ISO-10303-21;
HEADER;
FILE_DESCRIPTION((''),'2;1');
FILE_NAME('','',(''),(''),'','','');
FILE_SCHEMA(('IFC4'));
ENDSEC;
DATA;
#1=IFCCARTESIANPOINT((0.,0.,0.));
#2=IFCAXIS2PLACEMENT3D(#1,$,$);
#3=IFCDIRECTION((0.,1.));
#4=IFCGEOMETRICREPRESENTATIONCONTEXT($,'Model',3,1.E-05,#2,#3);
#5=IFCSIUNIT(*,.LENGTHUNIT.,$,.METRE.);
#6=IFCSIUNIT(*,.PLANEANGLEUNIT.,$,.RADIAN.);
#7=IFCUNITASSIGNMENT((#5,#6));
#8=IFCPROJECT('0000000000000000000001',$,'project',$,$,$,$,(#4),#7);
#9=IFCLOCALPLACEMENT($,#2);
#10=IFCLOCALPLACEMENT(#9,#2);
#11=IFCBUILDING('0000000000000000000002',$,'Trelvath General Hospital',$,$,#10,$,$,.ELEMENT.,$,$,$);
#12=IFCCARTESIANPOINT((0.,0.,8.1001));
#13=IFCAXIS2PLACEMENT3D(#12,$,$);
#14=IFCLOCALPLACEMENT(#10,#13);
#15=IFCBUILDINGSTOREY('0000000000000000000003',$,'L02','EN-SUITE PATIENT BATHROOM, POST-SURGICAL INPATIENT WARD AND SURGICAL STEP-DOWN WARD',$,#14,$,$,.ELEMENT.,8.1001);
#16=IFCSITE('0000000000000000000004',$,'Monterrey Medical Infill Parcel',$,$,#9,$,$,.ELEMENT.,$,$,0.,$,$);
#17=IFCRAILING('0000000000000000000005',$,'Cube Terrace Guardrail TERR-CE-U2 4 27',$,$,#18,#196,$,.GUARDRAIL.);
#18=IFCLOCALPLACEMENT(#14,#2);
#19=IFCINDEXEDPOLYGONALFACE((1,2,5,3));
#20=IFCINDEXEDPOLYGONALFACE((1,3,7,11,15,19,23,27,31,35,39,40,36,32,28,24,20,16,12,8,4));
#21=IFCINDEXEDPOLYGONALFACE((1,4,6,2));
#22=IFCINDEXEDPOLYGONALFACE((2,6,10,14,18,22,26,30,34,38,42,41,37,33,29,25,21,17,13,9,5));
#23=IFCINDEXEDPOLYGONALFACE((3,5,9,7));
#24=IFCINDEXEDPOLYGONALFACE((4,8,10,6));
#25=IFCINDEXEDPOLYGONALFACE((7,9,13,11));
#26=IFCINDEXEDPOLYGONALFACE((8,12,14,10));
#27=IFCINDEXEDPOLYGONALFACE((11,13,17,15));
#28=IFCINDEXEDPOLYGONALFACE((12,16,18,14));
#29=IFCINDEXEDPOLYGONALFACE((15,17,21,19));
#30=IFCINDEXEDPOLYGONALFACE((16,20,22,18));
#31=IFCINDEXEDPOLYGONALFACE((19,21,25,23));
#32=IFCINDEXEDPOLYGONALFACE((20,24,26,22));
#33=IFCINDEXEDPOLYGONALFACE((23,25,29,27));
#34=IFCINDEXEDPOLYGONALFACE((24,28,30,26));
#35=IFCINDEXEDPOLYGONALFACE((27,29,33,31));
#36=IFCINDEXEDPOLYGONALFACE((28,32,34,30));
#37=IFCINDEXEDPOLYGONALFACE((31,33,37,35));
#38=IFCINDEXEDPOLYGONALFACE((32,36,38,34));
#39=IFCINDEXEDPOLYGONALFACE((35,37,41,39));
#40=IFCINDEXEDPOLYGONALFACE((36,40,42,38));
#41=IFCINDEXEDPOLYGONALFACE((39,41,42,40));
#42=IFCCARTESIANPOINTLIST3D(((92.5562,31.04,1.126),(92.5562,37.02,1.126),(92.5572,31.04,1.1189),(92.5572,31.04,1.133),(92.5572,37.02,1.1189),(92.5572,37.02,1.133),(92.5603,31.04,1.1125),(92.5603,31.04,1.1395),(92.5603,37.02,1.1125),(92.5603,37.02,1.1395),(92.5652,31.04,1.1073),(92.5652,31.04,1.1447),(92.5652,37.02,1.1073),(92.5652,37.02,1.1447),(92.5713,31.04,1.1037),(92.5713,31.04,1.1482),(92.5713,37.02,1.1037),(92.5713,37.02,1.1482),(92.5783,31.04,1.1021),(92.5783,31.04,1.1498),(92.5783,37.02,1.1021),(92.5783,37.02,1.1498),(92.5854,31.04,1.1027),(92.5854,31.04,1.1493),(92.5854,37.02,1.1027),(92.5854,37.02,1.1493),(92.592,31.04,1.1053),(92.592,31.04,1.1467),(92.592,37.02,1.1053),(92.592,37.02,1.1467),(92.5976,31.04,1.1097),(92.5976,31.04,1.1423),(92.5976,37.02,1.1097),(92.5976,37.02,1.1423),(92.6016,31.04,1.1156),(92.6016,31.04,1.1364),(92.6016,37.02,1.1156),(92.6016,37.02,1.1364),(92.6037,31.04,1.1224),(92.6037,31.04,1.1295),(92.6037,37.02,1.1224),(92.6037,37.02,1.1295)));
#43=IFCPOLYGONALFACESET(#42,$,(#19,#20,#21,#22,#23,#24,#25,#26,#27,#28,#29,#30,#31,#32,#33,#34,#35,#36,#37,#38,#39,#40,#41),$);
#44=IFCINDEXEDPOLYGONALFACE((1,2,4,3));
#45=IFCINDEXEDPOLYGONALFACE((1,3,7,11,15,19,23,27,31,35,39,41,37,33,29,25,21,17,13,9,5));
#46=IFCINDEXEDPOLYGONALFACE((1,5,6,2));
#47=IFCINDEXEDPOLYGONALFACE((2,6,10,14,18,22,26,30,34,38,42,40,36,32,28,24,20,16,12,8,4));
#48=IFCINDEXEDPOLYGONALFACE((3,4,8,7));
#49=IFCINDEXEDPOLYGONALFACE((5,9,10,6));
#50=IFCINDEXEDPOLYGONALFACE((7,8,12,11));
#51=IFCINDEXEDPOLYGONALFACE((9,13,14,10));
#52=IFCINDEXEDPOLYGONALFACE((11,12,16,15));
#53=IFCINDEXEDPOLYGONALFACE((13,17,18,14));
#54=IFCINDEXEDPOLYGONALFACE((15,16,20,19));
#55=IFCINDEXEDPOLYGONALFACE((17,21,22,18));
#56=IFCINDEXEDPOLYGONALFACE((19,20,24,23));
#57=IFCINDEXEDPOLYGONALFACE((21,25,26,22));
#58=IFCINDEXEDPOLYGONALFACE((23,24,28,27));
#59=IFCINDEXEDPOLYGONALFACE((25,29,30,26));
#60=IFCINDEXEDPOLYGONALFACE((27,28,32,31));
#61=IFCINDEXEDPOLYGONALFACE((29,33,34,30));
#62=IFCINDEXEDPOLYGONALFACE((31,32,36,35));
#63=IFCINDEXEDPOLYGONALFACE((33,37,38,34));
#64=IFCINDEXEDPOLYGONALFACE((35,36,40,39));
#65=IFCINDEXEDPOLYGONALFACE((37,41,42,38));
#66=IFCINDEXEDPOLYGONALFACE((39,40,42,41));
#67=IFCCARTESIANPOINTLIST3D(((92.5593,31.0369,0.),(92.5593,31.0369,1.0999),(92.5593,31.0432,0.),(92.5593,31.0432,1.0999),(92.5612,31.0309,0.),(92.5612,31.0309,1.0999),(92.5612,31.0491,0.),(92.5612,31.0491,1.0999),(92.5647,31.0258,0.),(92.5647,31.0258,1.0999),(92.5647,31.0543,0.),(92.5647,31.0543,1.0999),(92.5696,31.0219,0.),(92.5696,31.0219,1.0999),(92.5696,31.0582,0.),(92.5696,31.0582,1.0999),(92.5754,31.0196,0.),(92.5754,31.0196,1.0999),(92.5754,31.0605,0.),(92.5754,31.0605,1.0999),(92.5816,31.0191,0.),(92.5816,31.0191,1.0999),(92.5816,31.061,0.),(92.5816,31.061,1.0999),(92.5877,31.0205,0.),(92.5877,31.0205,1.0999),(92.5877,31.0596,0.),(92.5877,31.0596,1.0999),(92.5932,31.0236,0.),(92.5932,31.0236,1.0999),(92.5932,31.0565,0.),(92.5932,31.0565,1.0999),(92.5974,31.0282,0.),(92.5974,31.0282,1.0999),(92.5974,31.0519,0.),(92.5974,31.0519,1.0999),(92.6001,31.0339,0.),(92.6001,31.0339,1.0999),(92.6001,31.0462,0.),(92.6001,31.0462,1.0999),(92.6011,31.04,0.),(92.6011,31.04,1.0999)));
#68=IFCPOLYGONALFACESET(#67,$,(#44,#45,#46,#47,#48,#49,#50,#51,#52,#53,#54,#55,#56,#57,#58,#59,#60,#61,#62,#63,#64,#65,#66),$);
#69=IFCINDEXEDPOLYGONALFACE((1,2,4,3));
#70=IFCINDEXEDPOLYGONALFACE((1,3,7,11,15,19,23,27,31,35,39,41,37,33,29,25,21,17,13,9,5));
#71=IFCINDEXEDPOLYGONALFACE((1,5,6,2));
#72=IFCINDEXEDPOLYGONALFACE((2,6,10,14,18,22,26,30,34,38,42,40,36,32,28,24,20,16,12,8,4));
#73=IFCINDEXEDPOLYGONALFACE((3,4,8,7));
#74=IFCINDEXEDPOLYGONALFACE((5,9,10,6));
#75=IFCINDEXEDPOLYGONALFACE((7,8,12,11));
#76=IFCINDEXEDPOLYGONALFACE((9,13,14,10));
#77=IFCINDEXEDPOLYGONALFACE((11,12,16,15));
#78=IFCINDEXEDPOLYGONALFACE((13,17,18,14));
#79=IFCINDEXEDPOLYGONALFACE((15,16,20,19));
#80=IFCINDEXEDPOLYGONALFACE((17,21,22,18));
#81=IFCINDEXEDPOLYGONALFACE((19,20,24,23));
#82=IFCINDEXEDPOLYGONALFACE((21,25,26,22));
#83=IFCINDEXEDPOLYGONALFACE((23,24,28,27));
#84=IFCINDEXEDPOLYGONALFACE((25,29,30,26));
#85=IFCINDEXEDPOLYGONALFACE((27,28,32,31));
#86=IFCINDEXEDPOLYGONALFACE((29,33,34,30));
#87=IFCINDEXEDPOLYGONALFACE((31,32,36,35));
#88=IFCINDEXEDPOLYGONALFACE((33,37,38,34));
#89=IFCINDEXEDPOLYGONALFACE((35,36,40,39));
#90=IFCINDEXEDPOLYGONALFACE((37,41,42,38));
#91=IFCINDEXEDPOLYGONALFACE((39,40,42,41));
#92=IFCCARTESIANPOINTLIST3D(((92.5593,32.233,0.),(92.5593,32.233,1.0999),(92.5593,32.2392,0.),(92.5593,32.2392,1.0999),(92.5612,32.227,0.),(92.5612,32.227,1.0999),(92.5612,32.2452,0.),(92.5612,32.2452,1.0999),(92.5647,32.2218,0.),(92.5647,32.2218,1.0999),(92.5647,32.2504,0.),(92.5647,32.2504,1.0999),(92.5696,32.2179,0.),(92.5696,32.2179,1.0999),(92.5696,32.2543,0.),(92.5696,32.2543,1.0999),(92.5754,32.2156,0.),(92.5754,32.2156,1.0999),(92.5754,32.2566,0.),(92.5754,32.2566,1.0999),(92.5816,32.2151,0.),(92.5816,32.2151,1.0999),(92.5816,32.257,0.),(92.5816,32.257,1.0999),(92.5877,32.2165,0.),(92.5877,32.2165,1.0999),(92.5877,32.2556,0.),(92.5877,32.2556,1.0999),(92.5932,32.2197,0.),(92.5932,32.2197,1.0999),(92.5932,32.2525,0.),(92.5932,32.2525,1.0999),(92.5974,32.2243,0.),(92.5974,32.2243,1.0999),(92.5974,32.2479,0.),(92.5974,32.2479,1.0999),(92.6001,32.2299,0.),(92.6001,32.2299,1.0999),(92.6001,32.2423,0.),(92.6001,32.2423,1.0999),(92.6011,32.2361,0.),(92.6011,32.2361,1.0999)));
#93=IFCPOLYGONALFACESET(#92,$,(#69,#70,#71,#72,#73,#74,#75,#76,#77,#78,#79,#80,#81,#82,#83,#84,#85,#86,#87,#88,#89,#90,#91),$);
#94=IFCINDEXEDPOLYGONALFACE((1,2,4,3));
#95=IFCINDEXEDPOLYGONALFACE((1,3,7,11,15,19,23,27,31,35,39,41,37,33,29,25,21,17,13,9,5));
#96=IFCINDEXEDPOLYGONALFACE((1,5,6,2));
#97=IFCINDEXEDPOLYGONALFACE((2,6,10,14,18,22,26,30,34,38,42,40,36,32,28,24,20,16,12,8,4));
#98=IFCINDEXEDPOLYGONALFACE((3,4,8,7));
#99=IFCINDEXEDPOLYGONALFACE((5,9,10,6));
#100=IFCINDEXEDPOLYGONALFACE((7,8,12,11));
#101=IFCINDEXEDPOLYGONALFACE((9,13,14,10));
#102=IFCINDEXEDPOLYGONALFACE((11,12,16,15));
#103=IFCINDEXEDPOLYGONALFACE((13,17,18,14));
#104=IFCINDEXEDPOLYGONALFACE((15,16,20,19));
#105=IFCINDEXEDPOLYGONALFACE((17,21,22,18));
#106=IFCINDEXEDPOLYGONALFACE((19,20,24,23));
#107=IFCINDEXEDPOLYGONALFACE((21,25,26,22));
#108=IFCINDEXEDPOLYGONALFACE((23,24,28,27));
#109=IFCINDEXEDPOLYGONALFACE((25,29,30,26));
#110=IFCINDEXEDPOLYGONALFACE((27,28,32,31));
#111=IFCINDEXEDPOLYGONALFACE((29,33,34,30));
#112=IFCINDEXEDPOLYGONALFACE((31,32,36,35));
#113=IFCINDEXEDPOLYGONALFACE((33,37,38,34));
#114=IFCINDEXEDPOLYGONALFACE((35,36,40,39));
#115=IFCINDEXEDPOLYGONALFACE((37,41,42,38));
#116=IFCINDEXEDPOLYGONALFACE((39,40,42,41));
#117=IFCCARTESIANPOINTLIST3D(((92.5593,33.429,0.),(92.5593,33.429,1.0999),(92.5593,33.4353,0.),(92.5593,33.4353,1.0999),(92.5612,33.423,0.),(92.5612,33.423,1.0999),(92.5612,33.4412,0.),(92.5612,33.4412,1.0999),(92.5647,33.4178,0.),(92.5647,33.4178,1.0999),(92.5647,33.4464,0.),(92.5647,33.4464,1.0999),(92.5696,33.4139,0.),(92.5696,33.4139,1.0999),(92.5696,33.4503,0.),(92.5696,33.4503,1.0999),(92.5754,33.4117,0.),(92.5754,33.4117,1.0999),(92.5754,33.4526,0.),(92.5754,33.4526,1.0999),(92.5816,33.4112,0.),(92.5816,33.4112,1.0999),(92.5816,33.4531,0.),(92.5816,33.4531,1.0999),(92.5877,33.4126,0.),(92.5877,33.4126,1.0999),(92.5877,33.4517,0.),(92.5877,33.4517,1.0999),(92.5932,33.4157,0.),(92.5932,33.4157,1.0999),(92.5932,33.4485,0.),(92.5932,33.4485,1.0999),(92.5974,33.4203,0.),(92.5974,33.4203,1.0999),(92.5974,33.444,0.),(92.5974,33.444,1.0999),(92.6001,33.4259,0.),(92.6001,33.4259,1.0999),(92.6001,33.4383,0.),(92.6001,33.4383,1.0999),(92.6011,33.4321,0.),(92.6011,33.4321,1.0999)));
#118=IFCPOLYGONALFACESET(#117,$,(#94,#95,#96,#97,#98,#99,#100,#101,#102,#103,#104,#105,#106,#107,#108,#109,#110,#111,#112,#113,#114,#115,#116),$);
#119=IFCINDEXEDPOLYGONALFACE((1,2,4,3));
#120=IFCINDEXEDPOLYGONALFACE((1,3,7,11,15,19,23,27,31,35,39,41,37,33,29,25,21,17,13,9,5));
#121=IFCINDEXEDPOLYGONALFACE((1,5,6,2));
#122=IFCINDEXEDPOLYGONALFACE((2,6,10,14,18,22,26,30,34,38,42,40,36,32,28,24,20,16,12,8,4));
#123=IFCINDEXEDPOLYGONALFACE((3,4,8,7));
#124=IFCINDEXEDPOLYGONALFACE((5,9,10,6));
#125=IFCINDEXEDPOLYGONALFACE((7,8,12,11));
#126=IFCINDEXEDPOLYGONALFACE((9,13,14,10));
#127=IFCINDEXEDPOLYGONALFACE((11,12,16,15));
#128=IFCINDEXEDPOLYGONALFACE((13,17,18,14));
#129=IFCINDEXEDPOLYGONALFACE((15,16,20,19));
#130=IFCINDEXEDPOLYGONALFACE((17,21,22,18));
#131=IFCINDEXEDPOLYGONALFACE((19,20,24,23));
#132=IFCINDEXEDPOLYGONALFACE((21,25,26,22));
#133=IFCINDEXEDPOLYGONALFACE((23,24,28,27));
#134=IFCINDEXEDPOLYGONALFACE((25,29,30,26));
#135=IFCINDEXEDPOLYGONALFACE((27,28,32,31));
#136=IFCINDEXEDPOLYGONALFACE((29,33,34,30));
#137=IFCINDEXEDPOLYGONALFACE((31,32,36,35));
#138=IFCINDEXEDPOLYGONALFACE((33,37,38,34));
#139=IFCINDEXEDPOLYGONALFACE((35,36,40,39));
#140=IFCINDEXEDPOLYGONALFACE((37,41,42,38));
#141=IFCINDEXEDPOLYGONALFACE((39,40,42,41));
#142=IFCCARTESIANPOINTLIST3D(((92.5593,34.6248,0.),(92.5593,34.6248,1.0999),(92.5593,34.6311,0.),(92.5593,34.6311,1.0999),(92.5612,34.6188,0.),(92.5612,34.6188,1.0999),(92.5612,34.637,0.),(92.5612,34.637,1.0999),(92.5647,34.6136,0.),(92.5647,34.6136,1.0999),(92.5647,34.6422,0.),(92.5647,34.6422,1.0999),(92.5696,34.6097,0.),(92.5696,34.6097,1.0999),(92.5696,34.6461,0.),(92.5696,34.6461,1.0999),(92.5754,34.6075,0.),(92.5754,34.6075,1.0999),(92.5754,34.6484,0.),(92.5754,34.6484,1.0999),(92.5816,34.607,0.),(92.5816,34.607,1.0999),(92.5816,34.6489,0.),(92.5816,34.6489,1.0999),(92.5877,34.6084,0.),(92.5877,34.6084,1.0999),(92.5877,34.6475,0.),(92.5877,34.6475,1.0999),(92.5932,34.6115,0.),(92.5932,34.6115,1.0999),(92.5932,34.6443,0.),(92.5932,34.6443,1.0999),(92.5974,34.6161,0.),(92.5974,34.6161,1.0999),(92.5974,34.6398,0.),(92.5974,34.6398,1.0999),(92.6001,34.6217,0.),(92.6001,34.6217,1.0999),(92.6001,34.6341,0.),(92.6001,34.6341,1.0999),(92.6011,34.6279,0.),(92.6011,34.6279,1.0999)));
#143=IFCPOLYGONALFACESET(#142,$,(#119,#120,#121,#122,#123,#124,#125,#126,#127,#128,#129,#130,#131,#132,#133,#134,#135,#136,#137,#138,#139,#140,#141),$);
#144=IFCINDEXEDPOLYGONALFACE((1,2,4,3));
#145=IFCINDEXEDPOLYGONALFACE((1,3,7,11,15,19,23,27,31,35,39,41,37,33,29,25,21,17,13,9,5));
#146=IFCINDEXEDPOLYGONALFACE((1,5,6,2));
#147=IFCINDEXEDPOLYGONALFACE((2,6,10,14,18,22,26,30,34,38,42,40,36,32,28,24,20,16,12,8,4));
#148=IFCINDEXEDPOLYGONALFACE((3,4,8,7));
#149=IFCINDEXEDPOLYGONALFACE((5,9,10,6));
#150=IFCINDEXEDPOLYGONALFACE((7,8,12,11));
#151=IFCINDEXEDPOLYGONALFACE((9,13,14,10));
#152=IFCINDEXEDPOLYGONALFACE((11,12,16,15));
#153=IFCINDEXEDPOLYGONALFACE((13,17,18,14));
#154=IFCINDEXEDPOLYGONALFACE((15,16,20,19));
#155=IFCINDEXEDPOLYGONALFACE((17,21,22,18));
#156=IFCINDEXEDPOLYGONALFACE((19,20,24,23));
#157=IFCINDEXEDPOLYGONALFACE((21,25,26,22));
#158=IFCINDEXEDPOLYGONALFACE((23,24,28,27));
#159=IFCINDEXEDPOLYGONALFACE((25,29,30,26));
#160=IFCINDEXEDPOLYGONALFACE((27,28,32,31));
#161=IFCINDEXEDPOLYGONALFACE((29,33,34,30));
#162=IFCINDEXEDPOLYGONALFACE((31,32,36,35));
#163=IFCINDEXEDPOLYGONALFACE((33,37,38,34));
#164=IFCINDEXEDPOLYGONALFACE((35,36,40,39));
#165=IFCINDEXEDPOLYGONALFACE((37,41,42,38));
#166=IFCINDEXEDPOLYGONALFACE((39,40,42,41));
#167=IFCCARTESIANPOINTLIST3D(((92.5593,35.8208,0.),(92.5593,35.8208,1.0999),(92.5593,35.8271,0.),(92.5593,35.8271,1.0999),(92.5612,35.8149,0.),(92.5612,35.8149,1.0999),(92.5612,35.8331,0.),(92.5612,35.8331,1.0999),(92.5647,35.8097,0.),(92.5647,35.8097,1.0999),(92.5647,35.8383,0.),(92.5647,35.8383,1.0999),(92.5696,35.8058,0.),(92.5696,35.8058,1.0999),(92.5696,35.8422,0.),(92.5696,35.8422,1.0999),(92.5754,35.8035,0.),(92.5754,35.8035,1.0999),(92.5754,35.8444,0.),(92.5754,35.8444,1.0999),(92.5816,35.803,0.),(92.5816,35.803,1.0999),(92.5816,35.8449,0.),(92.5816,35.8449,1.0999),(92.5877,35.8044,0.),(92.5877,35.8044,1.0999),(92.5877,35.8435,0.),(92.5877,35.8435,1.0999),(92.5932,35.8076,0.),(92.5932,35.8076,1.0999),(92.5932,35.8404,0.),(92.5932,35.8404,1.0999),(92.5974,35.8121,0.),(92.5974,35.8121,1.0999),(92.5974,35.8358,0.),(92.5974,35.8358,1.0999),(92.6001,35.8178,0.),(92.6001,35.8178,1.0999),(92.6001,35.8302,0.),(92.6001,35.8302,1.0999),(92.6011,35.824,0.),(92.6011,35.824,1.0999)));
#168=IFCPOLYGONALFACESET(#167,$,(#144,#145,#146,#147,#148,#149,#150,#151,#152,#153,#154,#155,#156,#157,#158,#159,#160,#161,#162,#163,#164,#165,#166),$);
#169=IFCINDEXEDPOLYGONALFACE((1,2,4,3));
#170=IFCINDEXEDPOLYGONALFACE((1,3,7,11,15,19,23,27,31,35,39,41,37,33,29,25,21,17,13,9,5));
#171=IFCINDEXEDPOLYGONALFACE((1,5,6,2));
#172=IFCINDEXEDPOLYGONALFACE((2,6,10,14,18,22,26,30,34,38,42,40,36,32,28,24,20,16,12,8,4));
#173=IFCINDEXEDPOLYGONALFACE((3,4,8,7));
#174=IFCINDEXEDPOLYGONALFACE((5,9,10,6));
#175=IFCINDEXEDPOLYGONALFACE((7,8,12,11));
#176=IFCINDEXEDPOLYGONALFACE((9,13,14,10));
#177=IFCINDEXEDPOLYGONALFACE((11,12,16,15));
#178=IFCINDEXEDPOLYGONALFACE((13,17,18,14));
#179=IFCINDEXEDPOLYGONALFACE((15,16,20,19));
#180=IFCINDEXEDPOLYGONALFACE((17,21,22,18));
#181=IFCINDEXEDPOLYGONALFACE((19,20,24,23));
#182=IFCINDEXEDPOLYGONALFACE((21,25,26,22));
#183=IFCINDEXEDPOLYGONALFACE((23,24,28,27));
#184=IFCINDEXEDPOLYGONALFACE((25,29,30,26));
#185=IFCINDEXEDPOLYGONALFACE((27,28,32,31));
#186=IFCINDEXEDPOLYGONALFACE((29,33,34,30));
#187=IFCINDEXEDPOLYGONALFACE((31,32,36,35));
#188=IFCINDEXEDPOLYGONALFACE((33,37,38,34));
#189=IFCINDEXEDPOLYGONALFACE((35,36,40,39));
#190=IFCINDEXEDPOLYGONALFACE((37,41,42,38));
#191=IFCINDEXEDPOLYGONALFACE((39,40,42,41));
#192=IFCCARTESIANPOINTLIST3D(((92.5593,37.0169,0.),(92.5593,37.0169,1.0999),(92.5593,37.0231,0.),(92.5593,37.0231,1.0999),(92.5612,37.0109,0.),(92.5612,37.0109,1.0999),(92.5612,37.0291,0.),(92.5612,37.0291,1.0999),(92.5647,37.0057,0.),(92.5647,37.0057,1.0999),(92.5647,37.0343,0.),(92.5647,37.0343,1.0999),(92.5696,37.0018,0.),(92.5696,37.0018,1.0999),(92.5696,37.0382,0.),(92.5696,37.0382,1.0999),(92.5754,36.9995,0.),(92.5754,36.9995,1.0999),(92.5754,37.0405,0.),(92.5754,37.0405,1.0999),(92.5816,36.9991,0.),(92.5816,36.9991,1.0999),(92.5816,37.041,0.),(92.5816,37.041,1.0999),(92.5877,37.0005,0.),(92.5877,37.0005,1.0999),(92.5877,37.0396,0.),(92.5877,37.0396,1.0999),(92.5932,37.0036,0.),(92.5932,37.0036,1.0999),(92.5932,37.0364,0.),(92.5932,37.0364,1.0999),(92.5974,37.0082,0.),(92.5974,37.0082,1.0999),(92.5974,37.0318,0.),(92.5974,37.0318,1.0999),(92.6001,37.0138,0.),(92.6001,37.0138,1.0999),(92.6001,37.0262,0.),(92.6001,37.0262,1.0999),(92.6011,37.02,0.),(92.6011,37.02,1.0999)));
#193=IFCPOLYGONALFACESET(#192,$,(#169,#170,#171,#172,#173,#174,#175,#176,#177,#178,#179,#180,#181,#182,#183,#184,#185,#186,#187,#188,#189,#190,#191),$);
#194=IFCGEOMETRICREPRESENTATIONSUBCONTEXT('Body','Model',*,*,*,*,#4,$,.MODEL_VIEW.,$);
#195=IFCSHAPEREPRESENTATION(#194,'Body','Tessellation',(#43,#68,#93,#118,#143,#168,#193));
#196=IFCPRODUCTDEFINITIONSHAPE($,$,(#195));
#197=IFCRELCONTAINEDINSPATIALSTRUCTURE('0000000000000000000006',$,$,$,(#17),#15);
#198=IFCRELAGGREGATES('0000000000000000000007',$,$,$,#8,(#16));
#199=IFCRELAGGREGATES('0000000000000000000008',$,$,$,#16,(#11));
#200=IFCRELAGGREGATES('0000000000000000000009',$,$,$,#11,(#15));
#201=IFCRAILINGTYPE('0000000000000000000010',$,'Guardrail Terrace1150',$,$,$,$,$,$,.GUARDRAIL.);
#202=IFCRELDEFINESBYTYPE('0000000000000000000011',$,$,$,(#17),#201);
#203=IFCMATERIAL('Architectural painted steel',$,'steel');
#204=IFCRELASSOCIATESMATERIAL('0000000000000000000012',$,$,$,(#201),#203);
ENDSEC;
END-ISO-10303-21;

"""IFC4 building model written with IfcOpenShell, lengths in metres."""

from ifc_helpers import new_model, si_unit, direction, frame, origin, origin_2d, place, context, subcontext, project, spatial, circle, extrude, material, type_object, element, save


model = new_model("IFC4")

# Units and contexts
model_context = context("Model", 3, precision=1e-05, world=origin(), true_north=direction((0.0, 1.0)))
body_context = subcontext(model_context, "Body", "Model", "MODEL_VIEW")
ifc_project = project(units=[si_unit("LENGTHUNIT", "METRE"), si_unit("PLANEANGLEUNIT", "RADIAN")], contexts=[model_context])

# Site, building, storey
site_placement = place(None, origin())
site = spatial("IfcSite", under=ifc_project, at=site_placement, Name="Monterrey Medical Infill Parcel", CompositionType="ELEMENT", RefElevation=0.0)
building_placement = place(site_placement, origin())
building = spatial("IfcBuilding", under=site, at=building_placement, Name="Trelvath General Hospital", CompositionType="ELEMENT")
storey_placement = place(building_placement, frame((0.0, 0.0, 8.1001)))
storey = spatial("IfcBuildingStorey", under=building, at=storey_placement, Name="L02", Description="EN-SUITE PATIENT BATHROOM, POST-SURGICAL INPATIENT WARD AND SURGICAL STEP-DOWN WARD", CompositionType="ELEMENT", Elevation=8.1001)

# Railing
ifc_material_1 = material(Name="Architectural painted steel", Category="steel")
railing_type = type_object("IfcRailingType", Name="Guardrail Terrace1150", PredefinedType="GUARDRAIL", material=ifc_material_1)
railing_1_placement = place(storey_placement, frame((92.5801, 31.04, 0.0)))
element("IfcRailing", 1, at=railing_1_placement, inside=storey, type_object=railing_type, Name="Cube Terrace Guardrail TERR-CE-U2 4 27", PredefinedType="GUARDRAIL", context=body_context, shape_type="SweptSolid", body=[
    extrude(circle(Radius=0.0239, at=origin_2d()), frame((0.0, 0.0, 1.126), z_axis=(0.0, 1.0, 0.0), x_axis=(-1.0, 0.0, 0.0)), (0.0, 0.0, 1.0), 5.98),
    extrude(circle(Radius=0.021, at=origin_2d()), origin(), (0.0, 0.0, 1.0), 1.0999),
    extrude(circle(Radius=0.021, at=origin_2d()), frame((0.0, 1.196, 0.0)), (0.0, 0.0, 1.0), 1.0999),
    extrude(circle(Radius=0.021, at=origin_2d()), frame((0.0, 2.3921, 0.0)), (0.0, 0.0, 1.0), 1.0999),
    extrude(circle(Radius=0.021, at=origin_2d()), frame((0.0, 3.5879, 0.0)), (0.0, 0.0, 1.0), 1.0999),
    extrude(circle(Radius=0.021, at=origin_2d()), frame((0.0, 4.7839, 0.0)), (0.0, 0.0, 1.0), 1.0999),
    extrude(circle(Radius=0.021, at=origin_2d()), frame((0.0, 5.98, 0.0)), (0.0, 0.0, 1.0), 1.0999),
])

save(model, "model.ifc")
